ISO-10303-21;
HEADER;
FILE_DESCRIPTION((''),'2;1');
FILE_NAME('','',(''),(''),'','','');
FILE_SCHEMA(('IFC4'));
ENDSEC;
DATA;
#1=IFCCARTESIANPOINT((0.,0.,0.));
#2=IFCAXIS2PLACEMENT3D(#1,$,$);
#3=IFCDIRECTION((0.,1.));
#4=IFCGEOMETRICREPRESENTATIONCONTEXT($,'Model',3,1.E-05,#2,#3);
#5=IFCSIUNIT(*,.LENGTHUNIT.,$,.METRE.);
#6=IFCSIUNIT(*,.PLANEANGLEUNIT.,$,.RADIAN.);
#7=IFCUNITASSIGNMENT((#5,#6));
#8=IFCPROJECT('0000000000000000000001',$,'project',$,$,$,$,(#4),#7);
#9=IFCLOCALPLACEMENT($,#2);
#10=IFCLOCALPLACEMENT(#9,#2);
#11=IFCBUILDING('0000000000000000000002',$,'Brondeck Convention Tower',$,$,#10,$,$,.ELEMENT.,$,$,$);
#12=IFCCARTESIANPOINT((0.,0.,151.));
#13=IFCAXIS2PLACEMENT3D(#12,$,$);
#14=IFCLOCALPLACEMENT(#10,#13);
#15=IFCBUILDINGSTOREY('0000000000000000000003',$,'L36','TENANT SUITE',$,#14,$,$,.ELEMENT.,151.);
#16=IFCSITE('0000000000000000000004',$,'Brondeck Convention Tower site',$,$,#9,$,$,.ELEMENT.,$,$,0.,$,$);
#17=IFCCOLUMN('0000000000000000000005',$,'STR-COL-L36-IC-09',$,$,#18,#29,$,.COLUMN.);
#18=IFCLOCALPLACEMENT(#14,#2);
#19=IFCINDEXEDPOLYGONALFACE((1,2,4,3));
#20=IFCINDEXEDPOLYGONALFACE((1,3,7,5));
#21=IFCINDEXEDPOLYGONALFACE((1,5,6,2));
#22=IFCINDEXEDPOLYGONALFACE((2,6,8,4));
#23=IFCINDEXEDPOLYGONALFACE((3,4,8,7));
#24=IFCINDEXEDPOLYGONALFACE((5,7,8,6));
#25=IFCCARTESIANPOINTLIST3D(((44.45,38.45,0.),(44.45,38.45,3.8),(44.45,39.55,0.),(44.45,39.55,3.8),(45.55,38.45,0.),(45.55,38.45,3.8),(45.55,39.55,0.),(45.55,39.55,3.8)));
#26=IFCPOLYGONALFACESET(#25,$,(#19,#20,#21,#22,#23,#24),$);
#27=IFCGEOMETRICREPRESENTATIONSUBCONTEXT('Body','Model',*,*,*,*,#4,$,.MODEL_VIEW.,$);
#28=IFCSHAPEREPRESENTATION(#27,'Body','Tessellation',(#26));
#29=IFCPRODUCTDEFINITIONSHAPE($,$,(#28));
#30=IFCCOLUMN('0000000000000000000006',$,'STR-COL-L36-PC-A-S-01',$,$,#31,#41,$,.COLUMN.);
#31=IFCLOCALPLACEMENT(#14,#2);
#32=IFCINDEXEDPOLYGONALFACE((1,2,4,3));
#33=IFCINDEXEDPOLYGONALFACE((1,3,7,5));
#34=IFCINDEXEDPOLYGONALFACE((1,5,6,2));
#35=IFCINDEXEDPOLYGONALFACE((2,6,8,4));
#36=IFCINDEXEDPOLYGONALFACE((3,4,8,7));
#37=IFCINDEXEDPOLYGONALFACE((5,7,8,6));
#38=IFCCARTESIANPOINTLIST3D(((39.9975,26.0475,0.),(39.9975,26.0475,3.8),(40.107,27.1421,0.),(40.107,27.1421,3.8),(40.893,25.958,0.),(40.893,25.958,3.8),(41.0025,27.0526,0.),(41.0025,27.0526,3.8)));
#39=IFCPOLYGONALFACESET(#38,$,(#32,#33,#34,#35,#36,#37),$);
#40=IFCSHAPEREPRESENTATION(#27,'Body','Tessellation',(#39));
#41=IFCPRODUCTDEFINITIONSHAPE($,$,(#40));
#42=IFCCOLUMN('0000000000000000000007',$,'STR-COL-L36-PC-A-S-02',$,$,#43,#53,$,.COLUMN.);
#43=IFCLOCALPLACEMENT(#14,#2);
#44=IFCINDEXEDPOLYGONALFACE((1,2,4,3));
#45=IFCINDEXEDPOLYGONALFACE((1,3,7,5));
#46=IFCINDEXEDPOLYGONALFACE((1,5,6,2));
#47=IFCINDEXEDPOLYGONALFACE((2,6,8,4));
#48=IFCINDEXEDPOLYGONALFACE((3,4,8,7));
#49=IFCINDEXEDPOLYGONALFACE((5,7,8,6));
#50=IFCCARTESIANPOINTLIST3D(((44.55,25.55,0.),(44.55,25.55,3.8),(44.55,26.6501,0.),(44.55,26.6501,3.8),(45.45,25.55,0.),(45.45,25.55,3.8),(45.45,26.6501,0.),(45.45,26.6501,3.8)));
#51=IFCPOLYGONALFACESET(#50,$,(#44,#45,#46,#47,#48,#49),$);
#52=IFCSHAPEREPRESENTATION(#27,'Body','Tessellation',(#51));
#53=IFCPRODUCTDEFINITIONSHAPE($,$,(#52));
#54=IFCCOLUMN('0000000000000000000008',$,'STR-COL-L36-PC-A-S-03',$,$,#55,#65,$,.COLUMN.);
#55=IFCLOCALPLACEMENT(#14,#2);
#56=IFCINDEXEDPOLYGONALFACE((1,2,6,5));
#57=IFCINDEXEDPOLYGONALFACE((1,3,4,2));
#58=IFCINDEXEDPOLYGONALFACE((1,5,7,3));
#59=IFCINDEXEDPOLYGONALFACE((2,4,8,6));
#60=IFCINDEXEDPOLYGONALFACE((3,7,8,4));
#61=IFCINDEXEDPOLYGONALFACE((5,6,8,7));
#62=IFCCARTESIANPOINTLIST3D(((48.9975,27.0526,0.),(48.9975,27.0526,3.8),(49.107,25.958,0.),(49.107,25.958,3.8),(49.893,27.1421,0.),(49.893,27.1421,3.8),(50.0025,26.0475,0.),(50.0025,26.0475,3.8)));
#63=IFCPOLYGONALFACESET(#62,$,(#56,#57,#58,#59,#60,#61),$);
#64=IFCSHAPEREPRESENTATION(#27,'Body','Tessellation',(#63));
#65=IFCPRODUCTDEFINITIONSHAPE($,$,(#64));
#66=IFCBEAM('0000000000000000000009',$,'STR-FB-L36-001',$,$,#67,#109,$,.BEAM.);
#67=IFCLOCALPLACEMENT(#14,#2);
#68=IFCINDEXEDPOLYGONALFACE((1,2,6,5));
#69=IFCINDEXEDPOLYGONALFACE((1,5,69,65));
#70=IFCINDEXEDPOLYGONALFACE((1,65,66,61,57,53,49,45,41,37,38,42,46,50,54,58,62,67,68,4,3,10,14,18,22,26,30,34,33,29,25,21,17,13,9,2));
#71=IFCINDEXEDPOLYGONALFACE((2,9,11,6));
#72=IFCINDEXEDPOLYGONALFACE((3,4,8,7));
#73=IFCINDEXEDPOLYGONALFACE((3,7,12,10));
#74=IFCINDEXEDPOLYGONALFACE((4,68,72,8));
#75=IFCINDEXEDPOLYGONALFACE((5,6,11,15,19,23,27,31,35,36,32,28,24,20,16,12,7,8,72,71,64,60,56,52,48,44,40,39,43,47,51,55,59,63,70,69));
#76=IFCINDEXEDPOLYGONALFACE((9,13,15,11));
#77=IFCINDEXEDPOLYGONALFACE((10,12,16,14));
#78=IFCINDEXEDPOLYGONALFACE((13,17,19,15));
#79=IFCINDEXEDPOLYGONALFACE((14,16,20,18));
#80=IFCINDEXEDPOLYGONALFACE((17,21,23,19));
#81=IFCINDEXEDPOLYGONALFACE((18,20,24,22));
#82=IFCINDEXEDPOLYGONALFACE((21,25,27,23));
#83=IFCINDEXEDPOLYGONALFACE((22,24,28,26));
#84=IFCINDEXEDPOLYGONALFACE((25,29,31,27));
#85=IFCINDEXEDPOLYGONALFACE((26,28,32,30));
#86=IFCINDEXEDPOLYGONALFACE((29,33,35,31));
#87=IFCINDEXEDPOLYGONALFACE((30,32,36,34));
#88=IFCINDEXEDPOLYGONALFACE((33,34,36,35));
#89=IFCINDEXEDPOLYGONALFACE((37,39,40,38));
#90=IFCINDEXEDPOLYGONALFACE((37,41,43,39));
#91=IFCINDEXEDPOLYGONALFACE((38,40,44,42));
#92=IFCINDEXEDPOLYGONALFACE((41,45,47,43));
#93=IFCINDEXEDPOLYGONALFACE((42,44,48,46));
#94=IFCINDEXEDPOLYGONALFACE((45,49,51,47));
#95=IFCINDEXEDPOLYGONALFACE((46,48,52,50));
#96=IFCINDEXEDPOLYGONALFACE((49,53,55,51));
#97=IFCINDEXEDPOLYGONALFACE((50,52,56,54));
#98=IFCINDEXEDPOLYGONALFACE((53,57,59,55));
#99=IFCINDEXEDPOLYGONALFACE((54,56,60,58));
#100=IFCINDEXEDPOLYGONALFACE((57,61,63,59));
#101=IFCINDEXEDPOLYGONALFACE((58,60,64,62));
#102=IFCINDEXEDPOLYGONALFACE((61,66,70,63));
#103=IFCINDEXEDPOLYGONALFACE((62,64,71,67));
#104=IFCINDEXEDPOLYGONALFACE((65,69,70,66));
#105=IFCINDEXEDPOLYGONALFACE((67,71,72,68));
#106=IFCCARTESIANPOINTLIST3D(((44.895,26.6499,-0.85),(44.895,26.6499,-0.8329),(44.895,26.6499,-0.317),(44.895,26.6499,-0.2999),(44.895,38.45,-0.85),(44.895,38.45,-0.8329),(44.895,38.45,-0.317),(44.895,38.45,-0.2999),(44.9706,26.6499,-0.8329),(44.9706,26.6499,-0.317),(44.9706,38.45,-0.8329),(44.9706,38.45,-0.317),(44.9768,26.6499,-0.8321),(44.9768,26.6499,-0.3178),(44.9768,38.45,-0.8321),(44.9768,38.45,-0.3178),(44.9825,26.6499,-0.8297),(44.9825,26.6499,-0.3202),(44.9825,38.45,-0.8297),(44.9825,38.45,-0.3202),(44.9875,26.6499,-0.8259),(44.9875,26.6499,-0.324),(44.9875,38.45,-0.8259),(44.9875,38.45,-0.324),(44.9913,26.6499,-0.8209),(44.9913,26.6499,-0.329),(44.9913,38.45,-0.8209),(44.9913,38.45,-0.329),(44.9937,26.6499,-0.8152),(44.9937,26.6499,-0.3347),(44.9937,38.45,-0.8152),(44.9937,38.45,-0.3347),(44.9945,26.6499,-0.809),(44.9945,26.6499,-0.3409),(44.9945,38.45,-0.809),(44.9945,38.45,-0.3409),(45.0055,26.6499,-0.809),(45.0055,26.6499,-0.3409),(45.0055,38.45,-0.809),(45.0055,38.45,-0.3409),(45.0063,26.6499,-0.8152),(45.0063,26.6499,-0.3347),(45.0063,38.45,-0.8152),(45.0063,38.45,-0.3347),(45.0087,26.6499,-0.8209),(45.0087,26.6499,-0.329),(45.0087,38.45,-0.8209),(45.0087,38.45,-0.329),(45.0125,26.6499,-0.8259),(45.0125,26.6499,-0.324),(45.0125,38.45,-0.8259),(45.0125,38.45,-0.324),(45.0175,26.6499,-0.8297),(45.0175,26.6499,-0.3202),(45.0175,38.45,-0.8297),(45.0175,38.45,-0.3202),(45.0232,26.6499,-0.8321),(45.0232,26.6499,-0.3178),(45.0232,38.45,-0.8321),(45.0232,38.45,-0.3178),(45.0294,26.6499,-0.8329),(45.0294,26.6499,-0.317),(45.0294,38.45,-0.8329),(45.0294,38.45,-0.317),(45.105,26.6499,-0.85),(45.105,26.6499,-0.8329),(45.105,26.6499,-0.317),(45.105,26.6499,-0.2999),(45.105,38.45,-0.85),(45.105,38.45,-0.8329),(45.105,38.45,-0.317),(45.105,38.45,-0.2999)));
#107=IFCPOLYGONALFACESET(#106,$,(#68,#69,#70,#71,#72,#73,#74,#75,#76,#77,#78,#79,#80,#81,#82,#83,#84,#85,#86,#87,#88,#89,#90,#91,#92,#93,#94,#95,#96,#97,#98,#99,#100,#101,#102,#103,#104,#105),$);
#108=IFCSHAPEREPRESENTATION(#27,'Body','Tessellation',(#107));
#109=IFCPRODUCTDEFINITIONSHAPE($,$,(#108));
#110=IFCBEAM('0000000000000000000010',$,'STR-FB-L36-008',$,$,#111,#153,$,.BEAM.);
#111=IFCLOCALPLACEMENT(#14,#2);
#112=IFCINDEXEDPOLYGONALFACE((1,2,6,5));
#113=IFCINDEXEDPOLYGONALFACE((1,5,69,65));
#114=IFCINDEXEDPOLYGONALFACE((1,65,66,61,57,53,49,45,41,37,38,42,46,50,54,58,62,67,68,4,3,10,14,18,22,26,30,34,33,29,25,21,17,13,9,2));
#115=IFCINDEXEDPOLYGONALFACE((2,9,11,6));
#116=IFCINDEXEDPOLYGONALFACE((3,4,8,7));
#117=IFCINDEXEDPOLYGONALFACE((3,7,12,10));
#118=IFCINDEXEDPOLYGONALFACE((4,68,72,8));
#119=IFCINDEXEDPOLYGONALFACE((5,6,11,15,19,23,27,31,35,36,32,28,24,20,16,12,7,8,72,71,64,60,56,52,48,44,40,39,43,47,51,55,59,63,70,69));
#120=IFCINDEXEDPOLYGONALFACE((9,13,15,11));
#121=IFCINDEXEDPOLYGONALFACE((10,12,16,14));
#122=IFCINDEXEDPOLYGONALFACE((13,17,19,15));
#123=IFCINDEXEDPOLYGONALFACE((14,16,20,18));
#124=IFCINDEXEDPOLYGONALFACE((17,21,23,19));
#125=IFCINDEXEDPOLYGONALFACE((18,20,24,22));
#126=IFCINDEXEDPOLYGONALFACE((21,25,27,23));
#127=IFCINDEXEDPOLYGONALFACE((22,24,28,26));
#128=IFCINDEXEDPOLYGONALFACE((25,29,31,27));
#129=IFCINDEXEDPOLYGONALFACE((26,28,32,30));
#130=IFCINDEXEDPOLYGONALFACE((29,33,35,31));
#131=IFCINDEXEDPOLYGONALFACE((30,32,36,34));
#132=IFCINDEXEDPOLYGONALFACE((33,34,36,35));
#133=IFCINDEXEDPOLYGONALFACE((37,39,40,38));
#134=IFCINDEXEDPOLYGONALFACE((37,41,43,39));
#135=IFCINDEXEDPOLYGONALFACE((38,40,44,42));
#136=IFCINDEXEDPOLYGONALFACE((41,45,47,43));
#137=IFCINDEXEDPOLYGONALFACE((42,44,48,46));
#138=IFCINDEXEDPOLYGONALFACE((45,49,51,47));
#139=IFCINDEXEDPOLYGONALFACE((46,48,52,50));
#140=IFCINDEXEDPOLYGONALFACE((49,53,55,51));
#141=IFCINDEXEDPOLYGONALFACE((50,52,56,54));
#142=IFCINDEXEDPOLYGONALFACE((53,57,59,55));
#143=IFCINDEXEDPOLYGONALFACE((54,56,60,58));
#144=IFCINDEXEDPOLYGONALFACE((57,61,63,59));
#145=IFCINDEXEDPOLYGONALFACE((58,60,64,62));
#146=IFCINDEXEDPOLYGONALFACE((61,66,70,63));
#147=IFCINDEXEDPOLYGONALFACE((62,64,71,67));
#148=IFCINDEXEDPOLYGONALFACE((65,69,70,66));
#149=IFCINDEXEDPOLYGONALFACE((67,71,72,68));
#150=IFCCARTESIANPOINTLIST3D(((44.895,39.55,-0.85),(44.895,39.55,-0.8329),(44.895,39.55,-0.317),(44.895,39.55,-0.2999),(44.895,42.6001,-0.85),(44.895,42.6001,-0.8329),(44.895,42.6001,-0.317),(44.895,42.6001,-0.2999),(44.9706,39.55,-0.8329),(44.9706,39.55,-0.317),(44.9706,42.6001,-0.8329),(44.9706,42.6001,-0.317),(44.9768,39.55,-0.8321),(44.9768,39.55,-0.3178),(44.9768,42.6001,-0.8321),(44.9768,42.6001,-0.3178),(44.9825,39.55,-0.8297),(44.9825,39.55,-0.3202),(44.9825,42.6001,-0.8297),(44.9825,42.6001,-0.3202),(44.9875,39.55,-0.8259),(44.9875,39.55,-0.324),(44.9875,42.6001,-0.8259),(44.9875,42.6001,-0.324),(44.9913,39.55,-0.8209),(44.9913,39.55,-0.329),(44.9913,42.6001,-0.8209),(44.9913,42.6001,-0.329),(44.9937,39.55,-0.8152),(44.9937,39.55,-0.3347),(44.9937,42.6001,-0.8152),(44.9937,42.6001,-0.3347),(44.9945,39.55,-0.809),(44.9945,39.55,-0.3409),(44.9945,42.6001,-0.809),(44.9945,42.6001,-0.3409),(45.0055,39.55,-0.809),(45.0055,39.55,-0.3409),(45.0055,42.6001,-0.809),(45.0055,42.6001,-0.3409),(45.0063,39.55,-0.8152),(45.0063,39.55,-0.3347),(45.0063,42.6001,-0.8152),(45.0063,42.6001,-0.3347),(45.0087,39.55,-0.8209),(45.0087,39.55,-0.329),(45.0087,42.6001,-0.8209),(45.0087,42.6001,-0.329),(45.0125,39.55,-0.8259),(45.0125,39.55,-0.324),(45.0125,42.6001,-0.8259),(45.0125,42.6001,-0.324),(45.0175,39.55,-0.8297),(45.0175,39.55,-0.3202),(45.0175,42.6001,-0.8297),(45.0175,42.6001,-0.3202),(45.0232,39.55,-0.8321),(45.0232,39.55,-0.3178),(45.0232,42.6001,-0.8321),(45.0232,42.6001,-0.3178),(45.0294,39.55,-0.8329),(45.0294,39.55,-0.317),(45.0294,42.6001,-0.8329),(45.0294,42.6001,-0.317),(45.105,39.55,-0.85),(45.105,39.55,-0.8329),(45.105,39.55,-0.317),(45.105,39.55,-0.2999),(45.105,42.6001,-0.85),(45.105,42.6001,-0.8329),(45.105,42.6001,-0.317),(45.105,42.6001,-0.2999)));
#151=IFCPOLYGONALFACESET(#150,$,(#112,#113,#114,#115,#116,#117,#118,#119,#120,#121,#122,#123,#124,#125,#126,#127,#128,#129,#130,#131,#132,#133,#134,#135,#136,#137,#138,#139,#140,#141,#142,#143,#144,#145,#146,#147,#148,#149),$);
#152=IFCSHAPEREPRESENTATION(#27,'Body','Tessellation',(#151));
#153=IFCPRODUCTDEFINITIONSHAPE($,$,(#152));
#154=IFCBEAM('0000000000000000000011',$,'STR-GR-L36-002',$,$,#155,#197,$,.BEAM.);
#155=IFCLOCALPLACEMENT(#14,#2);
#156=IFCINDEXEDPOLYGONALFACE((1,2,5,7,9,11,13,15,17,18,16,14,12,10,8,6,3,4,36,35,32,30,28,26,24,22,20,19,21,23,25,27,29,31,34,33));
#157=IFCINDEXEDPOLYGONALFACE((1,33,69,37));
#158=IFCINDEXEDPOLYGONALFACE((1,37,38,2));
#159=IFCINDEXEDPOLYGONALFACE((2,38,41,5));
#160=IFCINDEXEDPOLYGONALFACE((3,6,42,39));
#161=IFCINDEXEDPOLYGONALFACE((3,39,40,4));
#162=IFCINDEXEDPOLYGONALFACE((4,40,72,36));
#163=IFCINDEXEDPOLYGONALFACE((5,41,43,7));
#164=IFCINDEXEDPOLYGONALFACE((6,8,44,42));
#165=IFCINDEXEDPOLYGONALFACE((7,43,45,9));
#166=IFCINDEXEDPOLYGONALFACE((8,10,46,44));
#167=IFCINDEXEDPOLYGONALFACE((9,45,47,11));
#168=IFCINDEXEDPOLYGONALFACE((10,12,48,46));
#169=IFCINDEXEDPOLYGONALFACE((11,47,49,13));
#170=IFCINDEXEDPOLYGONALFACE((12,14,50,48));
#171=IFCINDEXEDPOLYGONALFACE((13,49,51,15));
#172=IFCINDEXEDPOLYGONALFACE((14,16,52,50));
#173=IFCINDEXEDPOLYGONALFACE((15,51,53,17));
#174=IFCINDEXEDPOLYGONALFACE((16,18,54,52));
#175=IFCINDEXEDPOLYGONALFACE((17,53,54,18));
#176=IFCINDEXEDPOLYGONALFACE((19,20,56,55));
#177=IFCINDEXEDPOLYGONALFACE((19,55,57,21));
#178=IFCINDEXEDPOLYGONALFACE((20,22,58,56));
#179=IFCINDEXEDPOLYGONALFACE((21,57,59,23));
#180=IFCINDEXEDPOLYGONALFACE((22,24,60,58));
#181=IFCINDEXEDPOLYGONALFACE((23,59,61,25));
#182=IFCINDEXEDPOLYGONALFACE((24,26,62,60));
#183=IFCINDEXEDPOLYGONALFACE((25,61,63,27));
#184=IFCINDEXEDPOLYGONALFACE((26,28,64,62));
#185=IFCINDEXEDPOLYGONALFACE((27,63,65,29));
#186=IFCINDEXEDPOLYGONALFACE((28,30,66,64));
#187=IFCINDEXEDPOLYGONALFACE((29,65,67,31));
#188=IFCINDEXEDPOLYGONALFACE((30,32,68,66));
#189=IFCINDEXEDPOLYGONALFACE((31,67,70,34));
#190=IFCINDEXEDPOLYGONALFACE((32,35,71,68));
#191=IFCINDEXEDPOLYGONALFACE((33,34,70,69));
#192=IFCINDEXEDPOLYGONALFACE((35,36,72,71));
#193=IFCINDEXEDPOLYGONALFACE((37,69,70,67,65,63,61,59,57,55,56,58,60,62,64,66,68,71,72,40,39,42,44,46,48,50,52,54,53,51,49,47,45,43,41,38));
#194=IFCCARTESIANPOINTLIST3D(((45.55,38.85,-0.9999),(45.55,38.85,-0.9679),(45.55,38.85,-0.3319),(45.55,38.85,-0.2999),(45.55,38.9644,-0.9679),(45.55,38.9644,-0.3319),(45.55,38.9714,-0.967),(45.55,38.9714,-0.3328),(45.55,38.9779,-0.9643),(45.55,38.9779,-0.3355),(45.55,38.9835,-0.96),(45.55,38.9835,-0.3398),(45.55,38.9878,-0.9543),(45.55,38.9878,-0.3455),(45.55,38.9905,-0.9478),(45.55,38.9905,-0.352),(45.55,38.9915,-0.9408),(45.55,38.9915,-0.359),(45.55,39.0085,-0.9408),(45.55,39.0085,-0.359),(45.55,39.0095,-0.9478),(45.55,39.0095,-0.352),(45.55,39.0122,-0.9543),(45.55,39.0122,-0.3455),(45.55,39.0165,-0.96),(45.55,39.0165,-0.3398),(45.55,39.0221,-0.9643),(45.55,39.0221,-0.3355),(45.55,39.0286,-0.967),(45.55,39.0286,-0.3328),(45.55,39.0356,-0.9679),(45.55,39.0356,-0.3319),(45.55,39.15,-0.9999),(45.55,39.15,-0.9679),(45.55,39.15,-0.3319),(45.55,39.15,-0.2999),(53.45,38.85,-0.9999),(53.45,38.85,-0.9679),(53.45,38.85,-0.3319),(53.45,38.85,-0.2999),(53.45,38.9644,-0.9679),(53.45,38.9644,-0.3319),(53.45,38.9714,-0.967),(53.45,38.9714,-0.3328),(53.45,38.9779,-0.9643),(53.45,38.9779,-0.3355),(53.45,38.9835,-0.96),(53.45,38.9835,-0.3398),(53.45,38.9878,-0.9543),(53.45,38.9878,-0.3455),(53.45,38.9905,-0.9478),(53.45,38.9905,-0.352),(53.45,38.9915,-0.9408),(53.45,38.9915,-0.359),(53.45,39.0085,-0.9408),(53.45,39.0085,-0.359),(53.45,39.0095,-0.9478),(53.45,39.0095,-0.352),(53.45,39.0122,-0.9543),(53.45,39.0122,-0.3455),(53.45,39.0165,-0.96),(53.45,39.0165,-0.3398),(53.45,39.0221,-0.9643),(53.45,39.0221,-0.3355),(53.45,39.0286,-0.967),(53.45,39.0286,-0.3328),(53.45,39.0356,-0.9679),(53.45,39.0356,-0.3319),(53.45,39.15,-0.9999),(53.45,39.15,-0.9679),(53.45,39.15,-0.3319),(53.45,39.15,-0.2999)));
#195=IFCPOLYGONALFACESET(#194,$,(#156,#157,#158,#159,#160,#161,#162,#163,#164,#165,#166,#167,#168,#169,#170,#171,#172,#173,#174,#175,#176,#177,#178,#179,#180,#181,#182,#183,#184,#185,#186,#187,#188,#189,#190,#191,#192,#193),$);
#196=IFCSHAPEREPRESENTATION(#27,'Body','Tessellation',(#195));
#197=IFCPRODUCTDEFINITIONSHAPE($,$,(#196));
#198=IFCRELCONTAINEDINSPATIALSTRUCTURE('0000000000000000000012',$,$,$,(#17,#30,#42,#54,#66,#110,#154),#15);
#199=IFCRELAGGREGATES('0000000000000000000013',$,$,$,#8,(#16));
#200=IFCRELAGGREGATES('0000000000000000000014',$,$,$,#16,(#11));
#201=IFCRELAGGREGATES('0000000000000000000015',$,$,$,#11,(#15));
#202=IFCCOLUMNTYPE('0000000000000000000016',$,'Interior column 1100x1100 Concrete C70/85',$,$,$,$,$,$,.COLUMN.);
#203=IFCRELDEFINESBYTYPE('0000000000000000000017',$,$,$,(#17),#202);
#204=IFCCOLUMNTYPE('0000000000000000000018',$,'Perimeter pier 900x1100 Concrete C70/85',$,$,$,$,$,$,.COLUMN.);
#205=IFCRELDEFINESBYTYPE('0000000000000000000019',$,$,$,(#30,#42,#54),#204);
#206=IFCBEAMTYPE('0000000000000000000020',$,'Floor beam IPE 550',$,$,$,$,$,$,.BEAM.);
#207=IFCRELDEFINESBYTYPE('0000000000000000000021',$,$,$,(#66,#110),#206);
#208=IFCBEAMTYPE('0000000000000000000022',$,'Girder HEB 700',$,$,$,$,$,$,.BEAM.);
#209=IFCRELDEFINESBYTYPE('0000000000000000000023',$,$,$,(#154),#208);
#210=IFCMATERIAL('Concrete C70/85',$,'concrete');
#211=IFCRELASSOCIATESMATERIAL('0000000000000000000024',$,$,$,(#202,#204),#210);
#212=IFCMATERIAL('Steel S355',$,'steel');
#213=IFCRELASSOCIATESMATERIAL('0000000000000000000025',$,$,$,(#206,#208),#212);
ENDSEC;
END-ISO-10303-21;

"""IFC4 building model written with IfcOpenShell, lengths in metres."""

from ifc_helpers import new_model, si_unit, direction, frame, origin, origin_2d, place, context, subcontext, project, spatial, rectangle, i_section, extrude, material, material_profile, profile_set, type_object, element, save


model = new_model("IFC4")

# Units and contexts
model_context = context("Model", 3, precision=1e-05, world=origin(), true_north=direction((0.0, 1.0)))
body_context = subcontext(model_context, "Body", "Model", "MODEL_VIEW")
ifc_project = project(units=[si_unit("LENGTHUNIT", "METRE"), si_unit("PLANEANGLEUNIT", "RADIAN")], contexts=[model_context])

# Site, building, storey
site_placement = place(None, origin())
site = spatial("IfcSite", under=ifc_project, at=site_placement, Name="Brondeck Convention Tower site", CompositionType="ELEMENT", RefElevation=0.0)
building_placement = place(site_placement, origin())
building = spatial("IfcBuilding", under=site, at=building_placement, Name="Brondeck Convention Tower", CompositionType="ELEMENT")
storey_placement = place(building_placement, frame((0.0, 0.0, 151.0)))
storey = spatial("IfcBuildingStorey", under=building, at=storey_placement, Name="L36", Description="TENANT SUITE", CompositionType="ELEMENT", Elevation=151.0)

# Columns
ifc_material_1 = material(Name="Concrete C70/85", Category="concrete")
ifc_material_profile_1 = material_profile(ifc_material_1, rectangle(XDim=1.1001, YDim=1.1001, at=origin_2d()), Name="Interior column 1100x1100 Concrete C70/85")
ifc_profile_set_1 = profile_set([ifc_material_profile_1], Name="Concrete C70/85")
column_type_1 = type_object("IfcColumnType", Name="Interior column 1100x1100 Concrete C70/85", PredefinedType="COLUMN", material=ifc_profile_set_1)
column_placement = place(storey_placement, frame((45.0, 39.0, 0.0), z_axis=(0.0, 0.0, 1.0), x_axis=(1.0, 0.0, 0.0)))
element("IfcColumn", 1, at=column_placement, inside=storey, type_object=column_type_1, Name="STR-COL-L36-IC-09", PredefinedType="COLUMN", context=body_context, shape_type="SweptSolid", body=[
    extrude(rectangle(XDim=1.1001, YDim=1.1001, at=origin_2d()), origin(), (0.0, 0.0, 1.0), 3.8),
])
ifc_material_profile_2 = material_profile(ifc_material_1, rectangle(XDim=0.8999, YDim=1.1001, at=origin_2d()), Name="Perimeter pier 900x1100 Concrete C70/85")
ifc_profile_set_2 = profile_set([ifc_material_profile_2], Name="Concrete C70/85")
column_type_2 = type_object("IfcColumnType", Name="Perimeter pier 900x1100 Concrete C70/85", PredefinedType="COLUMN", material=ifc_profile_set_2)
for number, where, z_axis, x_axis, name in (
    (2, (40.5, 26.55, 0.0), (0.0, 0.0, 1.0), (0.995037, -0.099504, 0.0), "STR-COL-L36-PC-A-S-01"),
    (3, (45.0, 26.1001, 0.0), (0.0, 0.0, 1.0), (1.0, 0.0, 0.0), "STR-COL-L36-PC-A-S-02"),
    (4, (49.5, 26.55, 0.0), (0.0, 0.0, 1.0), (0.995037, 0.099504, 0.0), "STR-COL-L36-PC-A-S-03"),
):
    element("IfcColumn", number, at=place(storey_placement, frame(where, z_axis=z_axis, x_axis=x_axis)), inside=storey, type_object=column_type_2, Name=name, PredefinedType="COLUMN", context=body_context, shape_type="SweptSolid", body=[
        extrude(rectangle(XDim=0.8999, YDim=1.1001, at=origin_2d()), origin(), (0.0, 0.0, 1.0), 3.8),
    ])

# Beams
ifc_material_2 = material(Name="Steel S355", Category="steel")
ifc_material_profile_3 = material_profile(ifc_material_2, i_section(OverallWidth=0.21, OverallDepth=0.55, WebThickness=0.011, FlangeThickness=0.0171, FilletRadius=0.0239, at=origin_2d()), Name="IPE 550")
ifc_profile_set_3 = profile_set([ifc_material_profile_3], Name="Steel S355")
beam_type_1 = type_object("IfcBeamType", Name="Floor beam IPE 550", PredefinedType="BEAM", material=ifc_profile_set_3)
beam_1_placement = place(storey_placement, frame((45.0, 26.6499, -0.575), z_axis=(0.0, 1.0, 0.0), x_axis=(-1.0, 0.0, 0.0)))
element("IfcBeam", 5, at=beam_1_placement, inside=storey, type_object=beam_type_1, Name="STR-FB-L36-001", PredefinedType="BEAM", context=body_context, shape_type="SweptSolid", body=[
    extrude(i_section(OverallWidth=0.21, OverallDepth=0.55, WebThickness=0.011, FlangeThickness=0.0171, FilletRadius=0.0239, at=origin_2d()), origin(), (0.0, 0.0, 1.0), 11.8),
])
beam_2_placement = place(storey_placement, frame((45.0, 39.55, -0.575), z_axis=(0.0, 1.0, 0.0), x_axis=(-1.0, 0.0, 0.0)))
element("IfcBeam", 6, at=beam_2_placement, inside=storey, type_object=beam_type_1, Name="STR-FB-L36-008", PredefinedType="BEAM", context=body_context, shape_type="SweptSolid", body=[
    extrude(i_section(OverallWidth=0.21, OverallDepth=0.55, WebThickness=0.011, FlangeThickness=0.0171, FilletRadius=0.0239, at=origin_2d()), origin(), (0.0, 0.0, 1.0), 3.05),
])
ifc_material_profile_4 = material_profile(ifc_material_2, i_section(OverallWidth=0.3, OverallDepth=0.7, WebThickness=0.0171, FlangeThickness=0.032, FilletRadius=0.0271, at=origin_2d()), Name="HEB 700")
ifc_profile_set_4 = profile_set([ifc_material_profile_4], Name="Steel S355")
beam_type_2 = type_object("IfcBeamType", Name="Girder HEB 700", PredefinedType="BEAM", material=ifc_profile_set_4)
beam_3_placement = place(storey_placement, frame((45.55, 39.0, -0.6499), z_axis=(1.0, 0.0, 0.0), x_axis=(0.0, 1.0, 0.0)))
element("IfcBeam", 7, at=beam_3_placement, inside=storey, type_object=beam_type_2, Name="STR-GR-L36-002", PredefinedType="BEAM", context=body_context, shape_type="SweptSolid", body=[
    extrude(i_section(OverallWidth=0.3, OverallDepth=0.7, WebThickness=0.0171, FlangeThickness=0.032, FilletRadius=0.0271, at=origin_2d()), origin(), (0.0, 0.0, 1.0), 7.8999),
])

save(model, "model.ifc")
